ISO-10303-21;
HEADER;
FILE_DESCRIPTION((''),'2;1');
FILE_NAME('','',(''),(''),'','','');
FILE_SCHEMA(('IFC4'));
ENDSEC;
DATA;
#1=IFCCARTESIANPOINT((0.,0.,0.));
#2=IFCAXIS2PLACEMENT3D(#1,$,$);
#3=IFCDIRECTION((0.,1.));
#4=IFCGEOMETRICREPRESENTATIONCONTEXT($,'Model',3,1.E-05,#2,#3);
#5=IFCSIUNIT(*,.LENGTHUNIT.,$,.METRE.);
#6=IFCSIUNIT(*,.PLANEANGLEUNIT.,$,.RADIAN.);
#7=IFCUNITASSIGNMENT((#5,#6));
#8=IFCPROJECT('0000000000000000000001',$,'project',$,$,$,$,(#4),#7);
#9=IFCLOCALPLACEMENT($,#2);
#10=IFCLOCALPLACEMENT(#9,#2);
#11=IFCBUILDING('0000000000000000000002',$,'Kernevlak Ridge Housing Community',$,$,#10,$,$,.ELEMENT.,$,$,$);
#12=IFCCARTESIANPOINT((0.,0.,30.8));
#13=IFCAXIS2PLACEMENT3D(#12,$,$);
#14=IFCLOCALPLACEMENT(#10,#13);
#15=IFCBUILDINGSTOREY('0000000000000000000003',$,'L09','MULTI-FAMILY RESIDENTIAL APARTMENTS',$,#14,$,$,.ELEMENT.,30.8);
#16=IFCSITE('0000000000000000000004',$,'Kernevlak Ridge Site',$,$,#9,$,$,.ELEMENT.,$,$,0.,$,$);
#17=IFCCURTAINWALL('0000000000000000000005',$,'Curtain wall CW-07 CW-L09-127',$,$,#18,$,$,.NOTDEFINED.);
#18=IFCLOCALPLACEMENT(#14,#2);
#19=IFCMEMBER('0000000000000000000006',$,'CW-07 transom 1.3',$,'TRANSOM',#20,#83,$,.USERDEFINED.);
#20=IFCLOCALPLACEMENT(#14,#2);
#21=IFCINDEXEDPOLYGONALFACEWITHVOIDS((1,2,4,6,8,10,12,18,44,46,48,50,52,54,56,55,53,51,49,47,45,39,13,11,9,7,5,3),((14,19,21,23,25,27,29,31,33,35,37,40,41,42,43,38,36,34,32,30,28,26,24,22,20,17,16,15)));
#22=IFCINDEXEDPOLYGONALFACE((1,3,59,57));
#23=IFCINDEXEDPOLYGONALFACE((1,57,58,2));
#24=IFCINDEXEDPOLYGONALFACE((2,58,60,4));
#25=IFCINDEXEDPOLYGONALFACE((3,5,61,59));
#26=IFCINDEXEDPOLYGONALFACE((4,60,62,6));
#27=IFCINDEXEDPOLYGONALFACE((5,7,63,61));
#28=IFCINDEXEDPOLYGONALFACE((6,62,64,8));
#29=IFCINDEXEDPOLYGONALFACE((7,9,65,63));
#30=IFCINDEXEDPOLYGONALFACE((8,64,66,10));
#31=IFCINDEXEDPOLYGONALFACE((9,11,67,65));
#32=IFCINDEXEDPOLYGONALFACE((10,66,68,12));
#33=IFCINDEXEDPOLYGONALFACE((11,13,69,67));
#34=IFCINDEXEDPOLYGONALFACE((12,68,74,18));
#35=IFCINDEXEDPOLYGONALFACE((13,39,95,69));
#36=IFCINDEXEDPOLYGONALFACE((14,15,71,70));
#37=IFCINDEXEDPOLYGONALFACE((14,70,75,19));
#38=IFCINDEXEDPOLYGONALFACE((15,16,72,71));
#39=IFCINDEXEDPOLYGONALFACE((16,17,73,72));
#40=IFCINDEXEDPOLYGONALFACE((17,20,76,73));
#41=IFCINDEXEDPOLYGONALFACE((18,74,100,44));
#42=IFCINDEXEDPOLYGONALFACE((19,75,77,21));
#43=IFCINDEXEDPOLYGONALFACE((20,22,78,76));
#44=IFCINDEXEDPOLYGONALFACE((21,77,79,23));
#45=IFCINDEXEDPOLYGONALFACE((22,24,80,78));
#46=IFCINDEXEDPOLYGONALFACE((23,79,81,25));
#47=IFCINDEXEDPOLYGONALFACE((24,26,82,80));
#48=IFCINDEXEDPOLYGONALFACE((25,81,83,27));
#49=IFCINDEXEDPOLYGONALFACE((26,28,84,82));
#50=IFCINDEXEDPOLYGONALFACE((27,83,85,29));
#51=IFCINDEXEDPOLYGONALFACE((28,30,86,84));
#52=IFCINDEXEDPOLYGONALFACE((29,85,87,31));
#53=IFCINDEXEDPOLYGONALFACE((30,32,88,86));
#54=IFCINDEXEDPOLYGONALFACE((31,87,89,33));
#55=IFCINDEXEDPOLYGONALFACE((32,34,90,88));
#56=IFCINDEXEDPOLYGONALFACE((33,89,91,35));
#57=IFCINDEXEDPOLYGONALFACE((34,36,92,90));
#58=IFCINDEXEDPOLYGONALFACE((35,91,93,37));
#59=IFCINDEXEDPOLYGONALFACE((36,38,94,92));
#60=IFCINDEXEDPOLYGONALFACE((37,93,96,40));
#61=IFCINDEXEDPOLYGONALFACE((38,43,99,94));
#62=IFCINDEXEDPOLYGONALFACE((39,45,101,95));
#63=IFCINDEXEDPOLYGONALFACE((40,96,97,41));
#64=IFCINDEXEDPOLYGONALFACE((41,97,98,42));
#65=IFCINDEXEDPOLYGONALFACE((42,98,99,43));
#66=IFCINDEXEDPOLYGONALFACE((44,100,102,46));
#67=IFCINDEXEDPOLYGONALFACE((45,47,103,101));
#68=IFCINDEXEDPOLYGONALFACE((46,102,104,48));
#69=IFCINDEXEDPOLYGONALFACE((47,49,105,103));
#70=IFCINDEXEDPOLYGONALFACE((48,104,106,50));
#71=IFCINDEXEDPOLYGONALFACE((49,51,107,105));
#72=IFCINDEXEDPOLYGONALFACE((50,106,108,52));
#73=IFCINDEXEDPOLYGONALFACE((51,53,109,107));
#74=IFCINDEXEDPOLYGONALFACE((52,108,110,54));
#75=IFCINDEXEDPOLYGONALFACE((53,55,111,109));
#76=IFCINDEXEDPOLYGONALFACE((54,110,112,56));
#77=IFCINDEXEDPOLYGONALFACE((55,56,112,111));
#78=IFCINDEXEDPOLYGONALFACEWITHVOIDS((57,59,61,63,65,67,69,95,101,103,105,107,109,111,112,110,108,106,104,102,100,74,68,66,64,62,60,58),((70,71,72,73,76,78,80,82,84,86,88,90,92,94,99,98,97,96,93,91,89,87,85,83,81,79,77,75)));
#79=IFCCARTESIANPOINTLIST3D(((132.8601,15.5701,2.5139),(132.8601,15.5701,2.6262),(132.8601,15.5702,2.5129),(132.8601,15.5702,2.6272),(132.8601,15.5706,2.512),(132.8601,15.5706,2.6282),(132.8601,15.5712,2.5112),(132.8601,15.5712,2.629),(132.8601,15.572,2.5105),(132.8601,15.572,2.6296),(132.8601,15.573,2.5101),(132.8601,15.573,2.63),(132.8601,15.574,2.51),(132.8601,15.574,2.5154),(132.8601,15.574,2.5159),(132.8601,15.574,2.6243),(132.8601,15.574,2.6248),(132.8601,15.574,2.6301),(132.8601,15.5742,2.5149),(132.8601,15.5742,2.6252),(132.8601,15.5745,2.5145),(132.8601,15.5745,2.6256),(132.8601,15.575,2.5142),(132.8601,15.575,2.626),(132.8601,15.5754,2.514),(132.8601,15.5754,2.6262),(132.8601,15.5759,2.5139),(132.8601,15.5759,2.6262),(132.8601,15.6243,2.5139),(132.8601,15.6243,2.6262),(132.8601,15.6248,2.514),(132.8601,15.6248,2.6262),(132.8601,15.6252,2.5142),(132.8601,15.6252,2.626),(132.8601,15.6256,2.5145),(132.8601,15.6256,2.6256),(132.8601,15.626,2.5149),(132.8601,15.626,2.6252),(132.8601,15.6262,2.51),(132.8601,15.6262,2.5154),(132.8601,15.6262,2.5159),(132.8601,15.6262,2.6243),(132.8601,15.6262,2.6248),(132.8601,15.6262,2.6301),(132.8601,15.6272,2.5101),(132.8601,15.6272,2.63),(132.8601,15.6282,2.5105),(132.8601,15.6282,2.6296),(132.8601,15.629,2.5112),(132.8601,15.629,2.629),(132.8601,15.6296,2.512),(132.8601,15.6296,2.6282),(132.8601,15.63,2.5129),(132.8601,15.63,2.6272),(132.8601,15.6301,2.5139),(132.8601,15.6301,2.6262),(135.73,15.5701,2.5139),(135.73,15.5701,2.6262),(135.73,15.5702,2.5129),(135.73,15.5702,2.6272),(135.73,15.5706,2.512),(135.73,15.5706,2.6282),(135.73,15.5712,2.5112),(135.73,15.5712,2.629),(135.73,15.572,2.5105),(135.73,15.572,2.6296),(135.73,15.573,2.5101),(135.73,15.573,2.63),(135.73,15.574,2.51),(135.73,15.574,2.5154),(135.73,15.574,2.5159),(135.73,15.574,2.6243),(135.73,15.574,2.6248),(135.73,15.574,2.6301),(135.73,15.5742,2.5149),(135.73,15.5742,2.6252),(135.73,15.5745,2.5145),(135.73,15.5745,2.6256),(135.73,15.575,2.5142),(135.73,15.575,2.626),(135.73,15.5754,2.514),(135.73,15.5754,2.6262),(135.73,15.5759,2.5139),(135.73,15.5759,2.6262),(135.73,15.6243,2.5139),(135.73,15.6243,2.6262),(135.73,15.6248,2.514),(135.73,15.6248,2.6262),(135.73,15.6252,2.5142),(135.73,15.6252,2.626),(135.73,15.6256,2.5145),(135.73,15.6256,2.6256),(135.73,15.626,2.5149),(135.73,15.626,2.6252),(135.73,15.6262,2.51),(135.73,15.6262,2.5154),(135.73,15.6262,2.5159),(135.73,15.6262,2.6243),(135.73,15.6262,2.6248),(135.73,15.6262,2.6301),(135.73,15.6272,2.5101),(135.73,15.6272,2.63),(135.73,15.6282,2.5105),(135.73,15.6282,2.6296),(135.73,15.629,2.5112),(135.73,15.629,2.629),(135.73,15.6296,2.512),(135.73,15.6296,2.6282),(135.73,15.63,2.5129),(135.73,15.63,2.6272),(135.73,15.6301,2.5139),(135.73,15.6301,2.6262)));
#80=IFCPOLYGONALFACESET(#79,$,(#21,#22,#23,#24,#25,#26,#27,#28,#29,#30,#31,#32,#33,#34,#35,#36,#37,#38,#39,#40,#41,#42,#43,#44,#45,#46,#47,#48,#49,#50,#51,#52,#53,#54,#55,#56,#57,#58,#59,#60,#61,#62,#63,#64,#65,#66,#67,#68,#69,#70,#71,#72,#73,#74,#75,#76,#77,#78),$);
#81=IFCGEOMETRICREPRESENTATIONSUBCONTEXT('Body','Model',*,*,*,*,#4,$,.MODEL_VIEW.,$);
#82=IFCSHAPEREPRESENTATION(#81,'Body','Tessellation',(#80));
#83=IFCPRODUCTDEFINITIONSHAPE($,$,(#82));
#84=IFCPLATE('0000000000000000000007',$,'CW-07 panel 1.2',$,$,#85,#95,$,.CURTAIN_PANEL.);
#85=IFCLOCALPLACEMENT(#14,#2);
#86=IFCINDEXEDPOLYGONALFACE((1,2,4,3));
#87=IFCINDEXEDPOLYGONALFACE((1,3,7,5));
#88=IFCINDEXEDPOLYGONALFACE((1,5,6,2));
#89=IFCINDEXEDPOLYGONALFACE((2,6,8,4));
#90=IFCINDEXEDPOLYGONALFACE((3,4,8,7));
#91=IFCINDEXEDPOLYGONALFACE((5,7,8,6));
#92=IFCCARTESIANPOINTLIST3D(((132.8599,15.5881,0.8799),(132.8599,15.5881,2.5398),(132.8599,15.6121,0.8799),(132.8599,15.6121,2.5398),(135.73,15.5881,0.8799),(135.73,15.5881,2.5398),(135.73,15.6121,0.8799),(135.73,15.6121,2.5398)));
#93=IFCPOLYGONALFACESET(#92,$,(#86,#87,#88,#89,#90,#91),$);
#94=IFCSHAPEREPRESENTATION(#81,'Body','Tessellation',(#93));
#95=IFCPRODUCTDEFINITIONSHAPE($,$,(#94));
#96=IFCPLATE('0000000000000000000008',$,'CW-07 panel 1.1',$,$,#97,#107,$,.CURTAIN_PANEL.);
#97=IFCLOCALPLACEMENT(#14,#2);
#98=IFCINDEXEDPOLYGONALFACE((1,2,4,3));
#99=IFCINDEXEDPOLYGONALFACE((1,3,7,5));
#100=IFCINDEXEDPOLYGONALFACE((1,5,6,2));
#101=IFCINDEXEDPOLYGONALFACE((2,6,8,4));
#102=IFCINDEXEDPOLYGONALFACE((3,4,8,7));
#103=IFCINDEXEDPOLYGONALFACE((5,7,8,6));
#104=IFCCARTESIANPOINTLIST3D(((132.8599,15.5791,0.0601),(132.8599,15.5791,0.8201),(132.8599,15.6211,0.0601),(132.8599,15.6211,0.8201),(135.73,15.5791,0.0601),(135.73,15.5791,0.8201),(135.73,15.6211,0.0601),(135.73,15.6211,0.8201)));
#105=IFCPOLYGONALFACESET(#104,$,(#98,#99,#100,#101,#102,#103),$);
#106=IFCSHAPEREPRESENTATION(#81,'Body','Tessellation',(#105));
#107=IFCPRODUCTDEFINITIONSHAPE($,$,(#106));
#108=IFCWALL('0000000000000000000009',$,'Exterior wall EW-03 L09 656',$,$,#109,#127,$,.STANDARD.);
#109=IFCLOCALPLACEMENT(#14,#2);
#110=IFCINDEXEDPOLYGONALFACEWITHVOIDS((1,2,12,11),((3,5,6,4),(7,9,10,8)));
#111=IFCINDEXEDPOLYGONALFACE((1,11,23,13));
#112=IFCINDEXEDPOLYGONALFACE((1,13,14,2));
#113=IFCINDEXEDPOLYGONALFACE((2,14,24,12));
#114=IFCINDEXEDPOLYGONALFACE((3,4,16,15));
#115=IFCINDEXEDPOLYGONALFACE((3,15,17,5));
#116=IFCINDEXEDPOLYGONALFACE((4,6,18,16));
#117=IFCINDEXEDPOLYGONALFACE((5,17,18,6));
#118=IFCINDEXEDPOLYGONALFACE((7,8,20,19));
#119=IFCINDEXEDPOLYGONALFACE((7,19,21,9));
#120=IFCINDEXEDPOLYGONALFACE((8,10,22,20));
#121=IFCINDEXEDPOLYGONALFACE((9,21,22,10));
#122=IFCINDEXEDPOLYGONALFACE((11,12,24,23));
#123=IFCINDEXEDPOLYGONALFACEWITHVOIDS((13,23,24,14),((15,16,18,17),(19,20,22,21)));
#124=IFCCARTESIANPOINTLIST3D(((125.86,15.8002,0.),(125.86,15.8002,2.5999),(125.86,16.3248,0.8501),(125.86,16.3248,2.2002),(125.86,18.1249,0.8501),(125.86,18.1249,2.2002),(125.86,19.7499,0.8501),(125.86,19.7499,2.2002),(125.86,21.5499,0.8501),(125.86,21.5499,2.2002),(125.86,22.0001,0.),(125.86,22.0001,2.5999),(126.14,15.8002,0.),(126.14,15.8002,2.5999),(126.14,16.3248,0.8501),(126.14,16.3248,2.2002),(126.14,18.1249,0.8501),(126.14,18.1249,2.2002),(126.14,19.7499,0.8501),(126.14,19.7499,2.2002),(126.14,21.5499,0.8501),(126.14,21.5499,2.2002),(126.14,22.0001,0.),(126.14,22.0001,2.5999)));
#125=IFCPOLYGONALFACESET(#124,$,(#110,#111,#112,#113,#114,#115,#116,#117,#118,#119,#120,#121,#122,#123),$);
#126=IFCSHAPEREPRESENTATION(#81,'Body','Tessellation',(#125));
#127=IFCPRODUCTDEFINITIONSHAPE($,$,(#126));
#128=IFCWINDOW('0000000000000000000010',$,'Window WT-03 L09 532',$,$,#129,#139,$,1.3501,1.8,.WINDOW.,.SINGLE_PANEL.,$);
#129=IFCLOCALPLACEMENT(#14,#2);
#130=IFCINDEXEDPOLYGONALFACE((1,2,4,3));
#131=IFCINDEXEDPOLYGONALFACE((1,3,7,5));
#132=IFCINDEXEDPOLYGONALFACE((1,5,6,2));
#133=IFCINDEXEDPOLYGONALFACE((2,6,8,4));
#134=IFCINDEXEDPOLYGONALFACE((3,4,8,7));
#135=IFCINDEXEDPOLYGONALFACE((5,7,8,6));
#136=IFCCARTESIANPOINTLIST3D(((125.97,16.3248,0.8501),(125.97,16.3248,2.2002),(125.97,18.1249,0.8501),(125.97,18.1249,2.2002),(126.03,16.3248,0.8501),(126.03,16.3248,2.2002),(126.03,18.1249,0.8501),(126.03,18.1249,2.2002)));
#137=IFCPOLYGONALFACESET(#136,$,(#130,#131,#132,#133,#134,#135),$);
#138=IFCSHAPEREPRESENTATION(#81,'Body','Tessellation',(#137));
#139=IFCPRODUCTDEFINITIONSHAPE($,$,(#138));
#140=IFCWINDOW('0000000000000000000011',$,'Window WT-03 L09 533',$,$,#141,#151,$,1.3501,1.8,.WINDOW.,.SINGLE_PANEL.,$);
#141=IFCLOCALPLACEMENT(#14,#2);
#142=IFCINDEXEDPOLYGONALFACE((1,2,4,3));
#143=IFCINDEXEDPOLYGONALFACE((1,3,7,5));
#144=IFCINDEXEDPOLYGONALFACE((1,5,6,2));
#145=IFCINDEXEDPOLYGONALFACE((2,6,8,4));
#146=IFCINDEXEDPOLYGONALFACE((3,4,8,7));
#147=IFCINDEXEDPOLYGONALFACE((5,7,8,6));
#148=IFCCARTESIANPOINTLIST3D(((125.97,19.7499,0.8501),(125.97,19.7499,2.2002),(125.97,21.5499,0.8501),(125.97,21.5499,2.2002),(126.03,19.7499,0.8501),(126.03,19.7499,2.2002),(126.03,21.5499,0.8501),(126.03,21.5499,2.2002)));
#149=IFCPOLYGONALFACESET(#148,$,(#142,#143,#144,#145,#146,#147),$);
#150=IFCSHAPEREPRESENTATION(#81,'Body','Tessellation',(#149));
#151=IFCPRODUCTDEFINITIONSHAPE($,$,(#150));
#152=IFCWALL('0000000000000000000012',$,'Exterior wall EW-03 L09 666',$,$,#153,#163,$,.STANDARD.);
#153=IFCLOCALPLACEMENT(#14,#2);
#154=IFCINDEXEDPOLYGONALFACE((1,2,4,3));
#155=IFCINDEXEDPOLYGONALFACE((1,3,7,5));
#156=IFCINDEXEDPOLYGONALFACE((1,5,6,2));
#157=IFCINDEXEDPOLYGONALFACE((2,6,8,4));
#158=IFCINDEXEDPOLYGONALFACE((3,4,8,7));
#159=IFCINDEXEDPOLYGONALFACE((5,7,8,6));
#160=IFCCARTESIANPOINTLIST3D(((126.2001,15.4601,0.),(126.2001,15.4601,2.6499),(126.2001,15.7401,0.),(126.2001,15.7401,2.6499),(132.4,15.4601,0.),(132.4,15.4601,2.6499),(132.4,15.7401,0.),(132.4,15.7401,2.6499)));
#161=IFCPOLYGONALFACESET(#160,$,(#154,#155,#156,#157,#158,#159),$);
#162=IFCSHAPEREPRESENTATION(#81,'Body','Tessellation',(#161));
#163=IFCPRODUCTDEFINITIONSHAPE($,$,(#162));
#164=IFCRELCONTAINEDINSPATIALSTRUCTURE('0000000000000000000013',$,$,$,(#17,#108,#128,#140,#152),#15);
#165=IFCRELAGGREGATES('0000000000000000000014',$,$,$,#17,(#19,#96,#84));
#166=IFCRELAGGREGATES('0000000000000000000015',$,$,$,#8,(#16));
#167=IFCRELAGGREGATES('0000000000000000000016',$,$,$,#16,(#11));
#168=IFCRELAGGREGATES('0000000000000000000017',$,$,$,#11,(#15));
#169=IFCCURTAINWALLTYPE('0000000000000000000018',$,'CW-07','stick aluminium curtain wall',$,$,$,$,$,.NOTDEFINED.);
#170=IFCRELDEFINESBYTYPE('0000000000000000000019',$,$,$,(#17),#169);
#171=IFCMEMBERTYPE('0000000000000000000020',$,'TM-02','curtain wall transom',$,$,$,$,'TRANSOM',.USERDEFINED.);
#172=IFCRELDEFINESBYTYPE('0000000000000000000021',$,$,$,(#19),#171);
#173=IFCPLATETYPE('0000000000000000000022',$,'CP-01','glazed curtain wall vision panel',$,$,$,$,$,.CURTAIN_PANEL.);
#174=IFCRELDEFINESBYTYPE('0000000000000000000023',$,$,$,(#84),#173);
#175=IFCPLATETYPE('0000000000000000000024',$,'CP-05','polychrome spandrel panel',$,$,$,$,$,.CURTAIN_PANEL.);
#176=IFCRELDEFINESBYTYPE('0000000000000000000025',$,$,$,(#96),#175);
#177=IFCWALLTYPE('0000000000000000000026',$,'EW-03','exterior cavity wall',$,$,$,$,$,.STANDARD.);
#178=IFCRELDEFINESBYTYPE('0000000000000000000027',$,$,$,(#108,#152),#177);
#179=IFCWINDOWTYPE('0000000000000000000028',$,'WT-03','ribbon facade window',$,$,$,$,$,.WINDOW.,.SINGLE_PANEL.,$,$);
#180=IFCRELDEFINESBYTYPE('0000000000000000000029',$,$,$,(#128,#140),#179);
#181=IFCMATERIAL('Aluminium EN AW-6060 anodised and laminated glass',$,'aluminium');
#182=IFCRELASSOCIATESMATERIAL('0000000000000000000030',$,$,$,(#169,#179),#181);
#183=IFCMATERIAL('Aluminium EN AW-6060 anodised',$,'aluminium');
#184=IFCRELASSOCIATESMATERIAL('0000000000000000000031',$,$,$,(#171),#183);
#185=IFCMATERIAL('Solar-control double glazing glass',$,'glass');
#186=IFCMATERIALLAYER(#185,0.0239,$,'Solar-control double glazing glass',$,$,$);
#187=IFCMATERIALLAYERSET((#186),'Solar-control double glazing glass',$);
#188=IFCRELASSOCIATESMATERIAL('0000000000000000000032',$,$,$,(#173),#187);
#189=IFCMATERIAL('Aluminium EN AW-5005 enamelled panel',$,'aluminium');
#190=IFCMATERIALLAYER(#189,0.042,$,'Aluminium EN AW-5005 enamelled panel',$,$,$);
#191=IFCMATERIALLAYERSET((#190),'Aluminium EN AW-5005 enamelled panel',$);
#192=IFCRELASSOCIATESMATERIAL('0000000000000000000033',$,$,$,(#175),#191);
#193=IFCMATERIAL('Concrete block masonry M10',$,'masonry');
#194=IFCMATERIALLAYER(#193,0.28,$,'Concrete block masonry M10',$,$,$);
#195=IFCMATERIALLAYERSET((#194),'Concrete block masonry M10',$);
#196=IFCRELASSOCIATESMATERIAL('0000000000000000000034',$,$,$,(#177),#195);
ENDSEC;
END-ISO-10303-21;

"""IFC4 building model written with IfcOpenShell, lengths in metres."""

from ifc_helpers import new_model, si_unit, direction, frame, frame_2d, origin, origin_2d, place, context, subcontext, project, spatial, rectangle, hollow_rectangle, extrude, material, layer, layer_set, material_profile, profile_set, type_object, element, fill, aggregate, save


model = new_model("IFC4")

# Units and contexts
model_context = context("Model", 3, precision=1e-05, world=origin(), true_north=direction((0.0, 1.0)))
body_context = subcontext(model_context, "Body", "Model", "MODEL_VIEW")
ifc_project = project(units=[si_unit("LENGTHUNIT", "METRE"), si_unit("PLANEANGLEUNIT", "RADIAN")], contexts=[model_context])

# Site, building, storey
site_placement = place(None, origin())
site = spatial("IfcSite", under=ifc_project, at=site_placement, Name="Kernevlak Ridge Site", CompositionType="ELEMENT", RefElevation=0.0)
building_placement = place(site_placement, origin())
building = spatial("IfcBuilding", under=site, at=building_placement, Name="Kernevlak Ridge Housing Community", CompositionType="ELEMENT")
storey_placement = place(building_placement, frame((0.0, 0.0, 30.8)))
storey = spatial("IfcBuildingStorey", under=building, at=storey_placement, Name="L09", Description="MULTI-FAMILY RESIDENTIAL APARTMENTS", CompositionType="ELEMENT", Elevation=30.8)

# Curtain wall
ifc_material_1 = material(Name="Aluminium EN AW-6060 anodised and laminated glass", Category="aluminium")
curtain_wall_type = type_object("IfcCurtainWallType", Name="CW-07", Description="stick aluminium curtain wall", PredefinedType="NOTDEFINED", material=ifc_material_1)
curtain_wall_placement = place(storey_placement, origin())
curtain_wall = element("IfcCurtainWall", 1, at=curtain_wall_placement, inside=storey, type_object=curtain_wall_type, Name="Curtain wall CW-07 CW-L09-127", PredefinedType="NOTDEFINED")
ifc_material_2 = material(Name="Aluminium EN AW-6060 anodised", Category="aluminium")

# Member
ifc_material_profile_1 = material_profile(ifc_material_2, hollow_rectangle(XDim=0.0601, YDim=0.1201, WallThickness=0.0039, InnerFilletRadius=0.002, OuterFilletRadius=0.0039, at=origin_2d()), Name="ALU 60x120x4")
ifc_profile_set_1 = profile_set([ifc_material_profile_1], Name="Aluminium EN AW-6060 anodised")
member_type_1 = type_object("IfcMemberType", Name="TM-02", Description="curtain wall transom", ElementType="TRANSOM", PredefinedType="USERDEFINED", material=ifc_profile_set_1)
member_1_placement = place(storey_placement, frame((132.8601, 15.6001, 2.5701), z_axis=(1.0, 0.0, 0.0), x_axis=(0.0, 1.0, 0.0)))
member_1 = element("IfcMember", 2, at=member_1_placement, type_object=member_type_1, Name="CW-07 transom 1.3", ObjectType="TRANSOM", PredefinedType="USERDEFINED", context=body_context, shape_type="SweptSolid", body=[
    extrude(hollow_rectangle(XDim=0.0601, YDim=0.1201, WallThickness=0.0039, InnerFilletRadius=0.002, OuterFilletRadius=0.0039, at=origin_2d()), origin(), (0.0, 0.0, 1.0), 2.8699),
])

# Plates
ifc_material_3 = material(Name="Solar-control double glazing glass", Category="glass")
ifc_layer_1 = layer(ifc_material_3, 0.0239, Name="Solar-control double glazing glass")
ifc_layer_set_1 = layer_set([ifc_layer_1], Name="Solar-control double glazing glass")
plate_type_1 = type_object("IfcPlateType", Name="CP-01", Description="glazed curtain wall vision panel", PredefinedType="CURTAIN_PANEL", material=ifc_layer_set_1)
plate_1_placement = place(storey_placement, frame((134.2949, 15.6001, 0.8799), z_axis=(0.0, 0.0, 1.0), x_axis=(1.0, 0.0, 0.0)))
plate_1 = element("IfcPlate", 3, at=plate_1_placement, type_object=plate_type_1, Name="CW-07 panel 1.2", PredefinedType="CURTAIN_PANEL", context=body_context, shape_type="SweptSolid", body=[
    extrude(rectangle(XDim=2.8701, YDim=0.0239, at=origin_2d()), origin(), (0.0, 0.0, 1.0), 1.6599),
])
ifc_material_4 = material(Name="Aluminium EN AW-5005 enamelled panel", Category="aluminium")
ifc_layer_2 = layer(ifc_material_4, 0.042, Name="Aluminium EN AW-5005 enamelled panel")
ifc_layer_set_2 = layer_set([ifc_layer_2], Name="Aluminium EN AW-5005 enamelled panel")
plate_type_2 = type_object("IfcPlateType", Name="CP-05", Description="polychrome spandrel panel", PredefinedType="CURTAIN_PANEL", material=ifc_layer_set_2)
plate_2_placement = place(storey_placement, frame((134.2949, 15.6001, 0.0601), z_axis=(0.0, 0.0, 1.0), x_axis=(1.0, 0.0, 0.0)))
plate_2 = element("IfcPlate", 4, at=plate_2_placement, type_object=plate_type_2, Name="CW-07 panel 1.1", PredefinedType="CURTAIN_PANEL", context=body_context, shape_type="SweptSolid", body=[
    extrude(rectangle(XDim=2.8701, YDim=0.042, at=origin_2d()), origin(), (0.0, 0.0, 1.0), 0.76),
])
aggregate(curtain_wall, [member_1, plate_2, plate_1])

# Wall, openings, windows
ifc_material_5 = material(Name="Concrete block masonry M10", Category="masonry")
ifc_layer_3 = layer(ifc_material_5, 0.28, Name="Concrete block masonry M10")
ifc_layer_set_3 = layer_set([ifc_layer_3], Name="Concrete block masonry M10")
wall_type_1 = type_object("IfcWallType", Name="EW-03", Description="exterior cavity wall", PredefinedType="STANDARD", material=ifc_layer_set_3)
wall_1_placement = place(storey_placement, frame((126.0, 15.8, 0.0), z_axis=(0.0, 0.0, 1.0), x_axis=(0.0, 1.0, 0.0)))
wall_1 = element("IfcWall", 5, at=wall_1_placement, inside=storey, type_object=wall_type_1, Name="Exterior wall EW-03 L09 656", PredefinedType="STANDARD", context=body_context, shape_type="SweptSolid", body=[
    extrude(rectangle(XDim=6.2, YDim=0.28, at=frame_2d((3.1001, 0.0))), origin(), (0.0, 0.0, 1.0), 2.5999),
])
opening_1_placement = place(wall_1_placement, frame((0.5249, 0.0, 0.8501)))
opening_1 = element("IfcOpeningElement", 6, at=opening_1_placement, cuts=wall_1, PredefinedType="OPENING", context=body_context, shape_type="SweptSolid", body=[
    extrude(rectangle(XDim=1.8, YDim=1.3501, at=frame_2d((0.8999, 0.675))), frame((0.0, 0.1499, 0.0), z_axis=(0.0, -1.0, 0.0), x_axis=(1.0, 0.0, 0.0)), (0.0, 0.0, 1.0), 0.3),
])
opening_2_placement = place(wall_1_placement, frame((3.95, 0.0, 0.8501)))
opening_2 = element("IfcOpeningElement", 7, at=opening_2_placement, cuts=wall_1, PredefinedType="OPENING", context=body_context, shape_type="SweptSolid", body=[
    extrude(rectangle(XDim=1.8, YDim=1.3501, at=frame_2d((0.8999, 0.675))), frame((0.0, 0.1499, 0.0), z_axis=(0.0, -1.0, 0.0), x_axis=(1.0, 0.0, 0.0)), (0.0, 0.0, 1.0), 0.3),
])
window_type = type_object("IfcWindowType", Name="WT-03", Description="ribbon facade window", PartitioningType="SINGLE_PANEL", PredefinedType="WINDOW", material=ifc_material_1)
window_1_placement = place(opening_1_placement, origin())
window_1 = element("IfcWindow", 8, at=window_1_placement, inside=storey, type_object=window_type, Name="Window WT-03 L09 532", OverallHeight=1.3501, OverallWidth=1.8, PartitioningType="SINGLE_PANEL", PredefinedType="WINDOW", context=body_context, shape_type="SweptSolid", body=[
    extrude(rectangle(XDim=1.8, YDim=1.3501, at=frame_2d((0.8999, 0.675))), frame((0.0, 0.03, 0.0), z_axis=(0.0, -1.0, 0.0), x_axis=(1.0, 0.0, 0.0)), (0.0, 0.0, 1.0), 0.0601),
])
fill(opening_1, window_1)
window_2_placement = place(opening_2_placement, origin())
window_2 = element("IfcWindow", 9, at=window_2_placement, inside=storey, type_object=window_type, Name="Window WT-03 L09 533", OverallHeight=1.3501, OverallWidth=1.8, PartitioningType="SINGLE_PANEL", PredefinedType="WINDOW", context=body_context, shape_type="SweptSolid", body=[
    extrude(rectangle(XDim=1.8, YDim=1.3501, at=frame_2d((0.8999, 0.675))), frame((0.0, 0.03, 0.0), z_axis=(0.0, -1.0, 0.0), x_axis=(1.0, 0.0, 0.0)), (0.0, 0.0, 1.0), 0.0601),
])
fill(opening_2, window_2)

# Wall
wall_2_placement = place(storey_placement, frame((126.2, 15.6001, 0.0), z_axis=(0.0, 0.0, 1.0), x_axis=(1.0, 0.0, 0.0)))
element("IfcWall", 10, at=wall_2_placement, inside=storey, type_object=wall_type_1, Name="Exterior wall EW-03 L09 666", PredefinedType="STANDARD", context=body_context, shape_type="SweptSolid", body=[
    extrude(rectangle(XDim=6.2, YDim=0.28, at=frame_2d((3.1001, 0.0))), origin(), (0.0, 0.0, 1.0), 2.6499),
])

save(model, "model.ifc")
